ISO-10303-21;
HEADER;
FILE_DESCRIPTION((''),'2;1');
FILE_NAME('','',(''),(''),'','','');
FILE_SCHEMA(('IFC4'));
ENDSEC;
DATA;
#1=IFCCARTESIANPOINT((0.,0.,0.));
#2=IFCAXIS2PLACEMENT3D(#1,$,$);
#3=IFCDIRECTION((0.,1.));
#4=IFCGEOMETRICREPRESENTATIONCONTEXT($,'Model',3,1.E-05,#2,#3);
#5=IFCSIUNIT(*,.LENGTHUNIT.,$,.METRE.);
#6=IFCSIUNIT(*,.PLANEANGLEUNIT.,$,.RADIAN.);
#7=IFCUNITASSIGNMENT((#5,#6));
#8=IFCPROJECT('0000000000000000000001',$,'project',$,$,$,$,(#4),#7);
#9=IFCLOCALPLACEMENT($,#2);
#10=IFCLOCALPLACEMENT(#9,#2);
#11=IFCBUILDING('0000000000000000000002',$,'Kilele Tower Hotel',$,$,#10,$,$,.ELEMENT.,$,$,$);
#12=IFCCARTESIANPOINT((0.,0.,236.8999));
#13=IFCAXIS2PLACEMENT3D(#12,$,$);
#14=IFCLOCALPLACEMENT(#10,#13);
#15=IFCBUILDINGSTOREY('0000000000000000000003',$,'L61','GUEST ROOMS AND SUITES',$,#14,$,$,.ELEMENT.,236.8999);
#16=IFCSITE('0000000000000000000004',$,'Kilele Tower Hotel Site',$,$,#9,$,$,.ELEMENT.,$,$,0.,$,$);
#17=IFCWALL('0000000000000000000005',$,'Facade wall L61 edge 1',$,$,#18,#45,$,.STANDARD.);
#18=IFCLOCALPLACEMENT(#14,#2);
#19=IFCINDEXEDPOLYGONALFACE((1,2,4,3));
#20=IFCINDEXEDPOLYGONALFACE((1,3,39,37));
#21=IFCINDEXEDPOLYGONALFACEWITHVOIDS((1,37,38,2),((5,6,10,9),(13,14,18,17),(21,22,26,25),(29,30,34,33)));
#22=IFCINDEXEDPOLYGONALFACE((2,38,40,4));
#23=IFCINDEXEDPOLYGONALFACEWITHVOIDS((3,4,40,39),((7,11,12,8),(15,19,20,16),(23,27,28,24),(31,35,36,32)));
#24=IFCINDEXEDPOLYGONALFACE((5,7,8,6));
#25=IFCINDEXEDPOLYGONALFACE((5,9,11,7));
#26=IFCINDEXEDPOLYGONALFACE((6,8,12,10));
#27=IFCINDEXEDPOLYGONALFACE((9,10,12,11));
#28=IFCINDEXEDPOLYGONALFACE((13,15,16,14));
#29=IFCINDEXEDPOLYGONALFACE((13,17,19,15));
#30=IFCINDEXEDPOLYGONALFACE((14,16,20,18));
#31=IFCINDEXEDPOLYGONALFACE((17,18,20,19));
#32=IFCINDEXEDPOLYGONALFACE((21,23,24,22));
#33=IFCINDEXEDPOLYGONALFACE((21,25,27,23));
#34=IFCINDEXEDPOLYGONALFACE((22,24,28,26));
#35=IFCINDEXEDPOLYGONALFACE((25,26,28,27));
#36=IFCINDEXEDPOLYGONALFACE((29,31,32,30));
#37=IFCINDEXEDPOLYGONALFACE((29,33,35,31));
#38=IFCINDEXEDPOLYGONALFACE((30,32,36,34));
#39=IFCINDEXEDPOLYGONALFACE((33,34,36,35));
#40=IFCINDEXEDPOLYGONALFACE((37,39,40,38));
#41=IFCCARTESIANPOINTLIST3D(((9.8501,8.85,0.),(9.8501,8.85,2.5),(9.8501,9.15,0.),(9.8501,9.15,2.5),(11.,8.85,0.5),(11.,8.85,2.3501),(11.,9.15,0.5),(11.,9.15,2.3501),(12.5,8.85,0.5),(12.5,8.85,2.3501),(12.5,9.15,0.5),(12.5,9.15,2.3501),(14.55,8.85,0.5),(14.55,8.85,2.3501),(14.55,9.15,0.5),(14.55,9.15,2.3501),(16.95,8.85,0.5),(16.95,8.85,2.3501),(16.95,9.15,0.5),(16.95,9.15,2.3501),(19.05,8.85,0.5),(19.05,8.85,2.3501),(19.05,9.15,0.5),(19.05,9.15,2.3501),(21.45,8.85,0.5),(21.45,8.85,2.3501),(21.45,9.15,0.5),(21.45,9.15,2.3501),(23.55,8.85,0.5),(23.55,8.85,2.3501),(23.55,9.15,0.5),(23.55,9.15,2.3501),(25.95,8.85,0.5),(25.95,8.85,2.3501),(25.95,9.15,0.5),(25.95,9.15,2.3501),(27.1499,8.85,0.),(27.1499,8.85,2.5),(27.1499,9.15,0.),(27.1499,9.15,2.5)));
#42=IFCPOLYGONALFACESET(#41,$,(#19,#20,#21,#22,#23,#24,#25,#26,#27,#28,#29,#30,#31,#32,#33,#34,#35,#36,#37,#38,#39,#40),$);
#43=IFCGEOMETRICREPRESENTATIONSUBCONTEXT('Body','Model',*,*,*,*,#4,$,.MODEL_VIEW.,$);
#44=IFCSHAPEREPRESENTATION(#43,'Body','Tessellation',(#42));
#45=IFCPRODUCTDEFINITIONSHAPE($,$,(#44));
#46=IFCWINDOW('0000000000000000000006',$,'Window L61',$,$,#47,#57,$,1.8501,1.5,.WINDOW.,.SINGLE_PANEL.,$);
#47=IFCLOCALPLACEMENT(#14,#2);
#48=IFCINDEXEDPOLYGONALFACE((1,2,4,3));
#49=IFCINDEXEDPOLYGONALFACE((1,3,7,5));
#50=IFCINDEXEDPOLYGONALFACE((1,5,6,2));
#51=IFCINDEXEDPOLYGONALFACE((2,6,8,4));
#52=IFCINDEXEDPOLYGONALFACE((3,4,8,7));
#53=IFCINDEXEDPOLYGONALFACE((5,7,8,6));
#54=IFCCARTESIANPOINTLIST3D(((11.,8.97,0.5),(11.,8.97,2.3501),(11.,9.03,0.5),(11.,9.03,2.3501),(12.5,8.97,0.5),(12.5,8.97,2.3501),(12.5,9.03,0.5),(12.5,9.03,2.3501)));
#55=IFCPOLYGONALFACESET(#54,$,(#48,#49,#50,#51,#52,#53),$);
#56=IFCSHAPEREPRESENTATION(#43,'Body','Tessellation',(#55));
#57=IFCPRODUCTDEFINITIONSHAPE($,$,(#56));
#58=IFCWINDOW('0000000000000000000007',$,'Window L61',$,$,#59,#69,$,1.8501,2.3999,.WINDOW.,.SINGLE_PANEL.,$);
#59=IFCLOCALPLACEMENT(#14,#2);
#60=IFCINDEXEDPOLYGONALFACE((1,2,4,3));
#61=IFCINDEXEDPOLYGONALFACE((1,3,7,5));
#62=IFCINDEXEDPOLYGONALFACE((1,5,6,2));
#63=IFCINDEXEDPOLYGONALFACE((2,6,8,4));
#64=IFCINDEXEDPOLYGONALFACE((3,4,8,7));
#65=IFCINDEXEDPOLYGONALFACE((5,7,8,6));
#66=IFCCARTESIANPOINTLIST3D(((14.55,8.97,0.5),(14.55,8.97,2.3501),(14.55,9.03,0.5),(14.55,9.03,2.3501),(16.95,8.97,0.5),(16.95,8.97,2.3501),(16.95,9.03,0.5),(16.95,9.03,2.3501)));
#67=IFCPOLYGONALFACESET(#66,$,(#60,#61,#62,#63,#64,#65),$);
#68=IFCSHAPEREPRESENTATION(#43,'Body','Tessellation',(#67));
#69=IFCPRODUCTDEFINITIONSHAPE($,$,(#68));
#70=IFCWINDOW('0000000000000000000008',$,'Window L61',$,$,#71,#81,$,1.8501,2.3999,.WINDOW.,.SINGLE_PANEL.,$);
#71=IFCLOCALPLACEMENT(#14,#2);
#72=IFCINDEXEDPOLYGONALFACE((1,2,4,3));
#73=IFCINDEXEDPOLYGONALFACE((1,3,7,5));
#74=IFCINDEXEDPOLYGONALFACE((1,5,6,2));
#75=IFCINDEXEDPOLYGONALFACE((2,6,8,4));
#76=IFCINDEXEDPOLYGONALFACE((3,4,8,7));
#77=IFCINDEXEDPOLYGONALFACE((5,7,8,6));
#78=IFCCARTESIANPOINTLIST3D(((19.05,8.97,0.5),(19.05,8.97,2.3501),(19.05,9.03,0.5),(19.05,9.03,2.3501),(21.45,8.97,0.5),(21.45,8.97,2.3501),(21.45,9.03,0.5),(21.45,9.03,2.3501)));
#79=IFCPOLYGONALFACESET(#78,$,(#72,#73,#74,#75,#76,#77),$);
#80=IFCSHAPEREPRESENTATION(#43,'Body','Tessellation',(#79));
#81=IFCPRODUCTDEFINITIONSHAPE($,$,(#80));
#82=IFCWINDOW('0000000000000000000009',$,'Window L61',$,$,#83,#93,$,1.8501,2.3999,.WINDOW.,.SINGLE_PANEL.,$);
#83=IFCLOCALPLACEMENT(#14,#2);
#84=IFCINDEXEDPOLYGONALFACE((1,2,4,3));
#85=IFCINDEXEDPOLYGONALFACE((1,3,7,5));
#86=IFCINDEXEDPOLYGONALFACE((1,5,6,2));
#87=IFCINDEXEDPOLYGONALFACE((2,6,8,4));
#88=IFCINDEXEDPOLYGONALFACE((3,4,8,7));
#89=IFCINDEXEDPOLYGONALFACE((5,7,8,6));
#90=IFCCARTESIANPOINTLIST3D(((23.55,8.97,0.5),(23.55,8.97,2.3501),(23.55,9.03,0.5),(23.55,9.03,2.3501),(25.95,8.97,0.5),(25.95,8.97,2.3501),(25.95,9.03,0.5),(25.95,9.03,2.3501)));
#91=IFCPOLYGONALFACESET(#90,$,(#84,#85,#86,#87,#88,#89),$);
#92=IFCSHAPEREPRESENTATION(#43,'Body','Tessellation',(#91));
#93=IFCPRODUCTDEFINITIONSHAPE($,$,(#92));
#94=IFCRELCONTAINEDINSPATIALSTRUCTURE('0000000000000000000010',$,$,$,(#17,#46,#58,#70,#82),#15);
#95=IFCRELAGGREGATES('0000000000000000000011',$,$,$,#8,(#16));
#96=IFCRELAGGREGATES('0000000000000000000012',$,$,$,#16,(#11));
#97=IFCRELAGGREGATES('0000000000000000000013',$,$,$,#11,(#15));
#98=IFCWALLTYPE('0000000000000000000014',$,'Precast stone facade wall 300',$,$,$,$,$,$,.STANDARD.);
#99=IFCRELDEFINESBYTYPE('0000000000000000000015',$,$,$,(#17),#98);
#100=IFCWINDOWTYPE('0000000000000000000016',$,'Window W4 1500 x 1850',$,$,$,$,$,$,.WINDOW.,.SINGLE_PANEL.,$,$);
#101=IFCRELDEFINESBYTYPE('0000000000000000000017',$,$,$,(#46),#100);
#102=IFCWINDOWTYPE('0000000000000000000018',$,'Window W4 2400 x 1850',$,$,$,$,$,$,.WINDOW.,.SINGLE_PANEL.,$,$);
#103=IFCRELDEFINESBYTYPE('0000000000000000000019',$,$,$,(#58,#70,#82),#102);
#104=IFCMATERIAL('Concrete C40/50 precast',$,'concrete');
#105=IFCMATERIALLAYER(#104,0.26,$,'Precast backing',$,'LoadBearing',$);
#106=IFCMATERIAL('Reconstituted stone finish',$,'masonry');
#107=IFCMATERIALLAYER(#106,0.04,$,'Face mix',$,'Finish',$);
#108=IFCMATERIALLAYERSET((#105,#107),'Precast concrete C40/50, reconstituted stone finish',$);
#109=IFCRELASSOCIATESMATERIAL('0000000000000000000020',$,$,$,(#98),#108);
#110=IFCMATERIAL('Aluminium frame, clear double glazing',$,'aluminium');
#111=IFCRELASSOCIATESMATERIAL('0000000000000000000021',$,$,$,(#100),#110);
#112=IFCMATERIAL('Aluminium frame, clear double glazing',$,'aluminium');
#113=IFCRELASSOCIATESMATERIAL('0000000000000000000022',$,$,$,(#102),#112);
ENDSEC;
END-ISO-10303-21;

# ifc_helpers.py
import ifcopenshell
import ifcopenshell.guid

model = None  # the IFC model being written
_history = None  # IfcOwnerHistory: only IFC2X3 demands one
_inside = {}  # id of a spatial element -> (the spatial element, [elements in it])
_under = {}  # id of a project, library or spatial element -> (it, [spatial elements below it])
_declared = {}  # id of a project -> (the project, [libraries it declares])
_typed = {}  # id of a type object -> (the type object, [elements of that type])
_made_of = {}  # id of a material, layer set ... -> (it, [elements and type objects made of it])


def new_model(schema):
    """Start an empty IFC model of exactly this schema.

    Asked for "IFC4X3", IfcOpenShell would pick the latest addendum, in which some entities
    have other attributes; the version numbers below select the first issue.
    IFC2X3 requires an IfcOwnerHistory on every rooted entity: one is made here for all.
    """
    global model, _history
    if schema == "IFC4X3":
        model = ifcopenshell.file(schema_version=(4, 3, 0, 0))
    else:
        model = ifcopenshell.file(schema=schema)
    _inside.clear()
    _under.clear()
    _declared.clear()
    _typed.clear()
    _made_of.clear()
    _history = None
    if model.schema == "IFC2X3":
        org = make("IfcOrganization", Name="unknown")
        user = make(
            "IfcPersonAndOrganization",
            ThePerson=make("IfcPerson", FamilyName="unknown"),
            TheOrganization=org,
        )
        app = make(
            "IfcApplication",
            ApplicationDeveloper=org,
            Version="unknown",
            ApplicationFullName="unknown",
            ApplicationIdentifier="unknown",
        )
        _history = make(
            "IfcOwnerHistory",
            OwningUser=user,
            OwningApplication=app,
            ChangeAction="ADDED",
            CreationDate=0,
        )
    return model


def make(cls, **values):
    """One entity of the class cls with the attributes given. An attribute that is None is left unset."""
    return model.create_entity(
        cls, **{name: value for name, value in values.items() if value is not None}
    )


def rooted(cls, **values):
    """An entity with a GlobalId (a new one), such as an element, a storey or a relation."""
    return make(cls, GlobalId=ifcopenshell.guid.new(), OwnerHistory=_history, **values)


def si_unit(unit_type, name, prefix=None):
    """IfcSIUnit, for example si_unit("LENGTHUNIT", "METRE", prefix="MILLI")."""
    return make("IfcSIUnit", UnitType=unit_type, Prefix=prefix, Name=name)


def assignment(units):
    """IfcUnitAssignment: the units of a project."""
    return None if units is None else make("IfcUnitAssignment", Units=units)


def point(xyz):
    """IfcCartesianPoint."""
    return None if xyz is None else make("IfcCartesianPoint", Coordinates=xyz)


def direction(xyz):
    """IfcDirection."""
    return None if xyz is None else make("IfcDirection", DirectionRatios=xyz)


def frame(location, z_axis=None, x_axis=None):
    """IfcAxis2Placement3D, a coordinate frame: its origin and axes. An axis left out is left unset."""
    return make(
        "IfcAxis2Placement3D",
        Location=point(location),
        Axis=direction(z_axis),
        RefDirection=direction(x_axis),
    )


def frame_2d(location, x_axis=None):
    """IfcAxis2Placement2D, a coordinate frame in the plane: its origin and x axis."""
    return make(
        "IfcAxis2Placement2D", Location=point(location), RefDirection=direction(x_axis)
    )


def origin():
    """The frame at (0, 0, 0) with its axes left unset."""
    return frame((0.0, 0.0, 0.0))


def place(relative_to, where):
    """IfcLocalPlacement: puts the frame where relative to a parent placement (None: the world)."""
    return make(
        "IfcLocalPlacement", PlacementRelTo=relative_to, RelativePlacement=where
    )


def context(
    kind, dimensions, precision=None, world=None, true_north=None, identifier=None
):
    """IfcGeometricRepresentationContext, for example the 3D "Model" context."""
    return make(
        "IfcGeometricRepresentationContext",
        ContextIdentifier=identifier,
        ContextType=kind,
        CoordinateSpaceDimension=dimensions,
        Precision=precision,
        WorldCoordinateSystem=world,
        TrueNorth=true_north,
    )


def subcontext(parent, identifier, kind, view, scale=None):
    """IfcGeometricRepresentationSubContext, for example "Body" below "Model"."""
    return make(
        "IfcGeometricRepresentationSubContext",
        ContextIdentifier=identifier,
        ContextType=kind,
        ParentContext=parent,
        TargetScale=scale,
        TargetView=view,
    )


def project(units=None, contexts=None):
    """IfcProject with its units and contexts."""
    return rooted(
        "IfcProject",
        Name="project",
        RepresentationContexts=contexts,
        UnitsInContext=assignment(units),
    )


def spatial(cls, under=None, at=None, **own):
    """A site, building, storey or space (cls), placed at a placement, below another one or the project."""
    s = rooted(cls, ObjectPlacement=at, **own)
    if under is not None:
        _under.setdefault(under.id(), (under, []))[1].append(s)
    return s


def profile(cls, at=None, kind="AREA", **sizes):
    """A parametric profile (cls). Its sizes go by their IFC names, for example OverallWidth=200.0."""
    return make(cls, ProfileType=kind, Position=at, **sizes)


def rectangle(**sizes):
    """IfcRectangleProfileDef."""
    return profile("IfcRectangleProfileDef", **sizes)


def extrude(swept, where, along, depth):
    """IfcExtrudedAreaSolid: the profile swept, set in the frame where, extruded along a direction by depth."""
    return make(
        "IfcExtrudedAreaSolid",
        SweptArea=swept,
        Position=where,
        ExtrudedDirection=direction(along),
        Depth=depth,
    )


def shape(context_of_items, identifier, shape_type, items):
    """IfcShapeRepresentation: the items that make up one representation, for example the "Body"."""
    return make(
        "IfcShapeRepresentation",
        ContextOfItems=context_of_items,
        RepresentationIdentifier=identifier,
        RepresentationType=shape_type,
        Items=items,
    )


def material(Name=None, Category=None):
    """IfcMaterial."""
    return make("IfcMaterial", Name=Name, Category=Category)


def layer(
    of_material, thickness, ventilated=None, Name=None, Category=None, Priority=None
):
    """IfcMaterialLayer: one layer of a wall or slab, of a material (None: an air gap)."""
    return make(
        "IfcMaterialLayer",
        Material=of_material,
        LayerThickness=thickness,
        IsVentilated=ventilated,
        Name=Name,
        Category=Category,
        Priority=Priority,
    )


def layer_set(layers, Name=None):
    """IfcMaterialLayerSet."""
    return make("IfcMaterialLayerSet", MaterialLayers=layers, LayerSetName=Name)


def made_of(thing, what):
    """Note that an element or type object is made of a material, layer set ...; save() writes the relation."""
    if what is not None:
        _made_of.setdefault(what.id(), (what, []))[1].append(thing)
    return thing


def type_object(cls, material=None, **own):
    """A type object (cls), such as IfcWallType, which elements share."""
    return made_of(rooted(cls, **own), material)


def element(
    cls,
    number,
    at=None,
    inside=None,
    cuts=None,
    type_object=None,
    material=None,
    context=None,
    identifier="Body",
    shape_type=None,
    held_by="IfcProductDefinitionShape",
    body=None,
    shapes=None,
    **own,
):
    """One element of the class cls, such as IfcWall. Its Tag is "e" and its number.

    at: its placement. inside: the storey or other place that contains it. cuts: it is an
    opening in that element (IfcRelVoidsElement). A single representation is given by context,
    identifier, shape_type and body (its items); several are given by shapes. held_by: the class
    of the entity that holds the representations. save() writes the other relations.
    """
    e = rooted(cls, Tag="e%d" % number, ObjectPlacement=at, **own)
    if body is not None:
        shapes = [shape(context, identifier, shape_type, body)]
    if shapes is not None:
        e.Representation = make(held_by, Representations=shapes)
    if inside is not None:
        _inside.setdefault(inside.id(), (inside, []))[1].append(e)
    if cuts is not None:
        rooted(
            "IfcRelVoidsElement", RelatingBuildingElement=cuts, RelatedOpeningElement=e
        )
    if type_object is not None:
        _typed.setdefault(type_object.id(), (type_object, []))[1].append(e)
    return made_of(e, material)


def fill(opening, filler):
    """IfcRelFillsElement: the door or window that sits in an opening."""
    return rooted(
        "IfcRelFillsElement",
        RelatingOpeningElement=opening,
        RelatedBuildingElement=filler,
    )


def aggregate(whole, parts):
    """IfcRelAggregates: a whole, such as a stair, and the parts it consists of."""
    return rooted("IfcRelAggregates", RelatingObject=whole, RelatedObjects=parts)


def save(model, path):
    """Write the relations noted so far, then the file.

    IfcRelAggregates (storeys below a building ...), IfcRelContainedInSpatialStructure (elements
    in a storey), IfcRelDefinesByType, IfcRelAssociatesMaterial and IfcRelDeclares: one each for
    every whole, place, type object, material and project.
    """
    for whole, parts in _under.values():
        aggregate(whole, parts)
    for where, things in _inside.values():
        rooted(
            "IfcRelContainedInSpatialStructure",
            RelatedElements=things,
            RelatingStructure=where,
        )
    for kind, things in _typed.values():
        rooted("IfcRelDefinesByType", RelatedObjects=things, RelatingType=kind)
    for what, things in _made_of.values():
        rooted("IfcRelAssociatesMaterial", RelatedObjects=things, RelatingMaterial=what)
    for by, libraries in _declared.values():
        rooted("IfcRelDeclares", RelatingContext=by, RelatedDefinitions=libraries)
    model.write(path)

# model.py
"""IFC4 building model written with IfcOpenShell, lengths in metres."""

from ifc_helpers import new_model, si_unit, direction, frame, frame_2d, origin, place, context, subcontext, project, spatial, rectangle, extrude, material, layer, layer_set, type_object, element, fill, save


model = new_model("IFC4")

# Units and contexts
model_context = context("Model", 3, precision=1e-05, world=origin(), true_north=direction((0.0, 1.0)))
body_context = subcontext(model_context, "Body", "Model", "MODEL_VIEW")
ifc_project = project(units=[si_unit("LENGTHUNIT", "METRE"), si_unit("PLANEANGLEUNIT", "RADIAN")], contexts=[model_context])

# Site, building, storey
site_placement = place(None, origin())
site = spatial("IfcSite", under=ifc_project, at=site_placement, Name="Kilele Tower Hotel Site", CompositionType="ELEMENT", RefElevation=0.0)
building_placement = place(site_placement, origin())
building = spatial("IfcBuilding", under=site, at=building_placement, Name="Kilele Tower Hotel", CompositionType="ELEMENT")
storey_placement = place(building_placement, frame((0.0, 0.0, 236.8999)))
storey = spatial("IfcBuildingStorey", under=building, at=storey_placement, Name="L61", Description="GUEST ROOMS AND SUITES", CompositionType="ELEMENT", Elevation=236.8999)

# Wall, openings, windows
ifc_material_1 = material(Name="Concrete C40/50 precast", Category="concrete")
ifc_layer_1 = layer(ifc_material_1, 0.26, Name="Precast backing", Category="LoadBearing")
ifc_material_2 = material(Name="Reconstituted stone finish", Category="masonry")
ifc_layer_2 = layer(ifc_material_2, 0.04, Name="Face mix", Category="Finish")
ifc_layer_set_1 = layer_set([ifc_layer_1, ifc_layer_2], Name="Precast concrete C40/50, reconstituted stone finish")
wall_type = type_object("IfcWallType", Name="Precast stone facade wall 300", PredefinedType="STANDARD", material=ifc_layer_set_1)
wall_placement = place(storey_placement, frame((9.8501, 9.0, 0.0), z_axis=(0.0, 0.0, 1.0), x_axis=(1.0, 0.0, 0.0)))
wall = element("IfcWall", 1, at=wall_placement, inside=storey, type_object=wall_type, Name="Facade wall L61 edge 1", PredefinedType="STANDARD", context=body_context, shape_type="SweptSolid", body=[
    extrude(rectangle(XDim=17.2998, YDim=0.3, at=frame_2d((8.6499, 0.0))), origin(), (0.0, 0.0, 1.0), 2.5),
])
opening_1_placement = place(wall_placement, frame((1.1499, 0.0, 0.5)))
opening_1 = element("IfcOpeningElement", 2, at=opening_1_placement, cuts=wall, PredefinedType="OPENING", context=body_context, shape_type="SweptSolid", body=[
    extrude(rectangle(XDim=1.5, YDim=1.8501, at=frame_2d((0.75, 0.925))), frame((0.0, 0.1599, 0.0), z_axis=(0.0, -1.0, 0.0), x_axis=(1.0, 0.0, 0.0)), (0.0, 0.0, 1.0), 0.3201),
])
opening_2_placement = place(wall_placement, frame((4.7, 0.0, 0.5)))
opening_2 = element("IfcOpeningElement", 3, at=opening_2_placement, cuts=wall, PredefinedType="OPENING", context=body_context, shape_type="SweptSolid", body=[
    extrude(rectangle(XDim=2.3999, YDim=1.8501, at=frame_2d((1.2, 0.925))), frame((0.0, 0.1599, 0.0), z_axis=(0.0, -1.0, 0.0), x_axis=(1.0, 0.0, 0.0)), (0.0, 0.0, 1.0), 0.3201),
])
opening_3_placement = place(wall_placement, frame((9.2, 0.0, 0.5)))
opening_3 = element("IfcOpeningElement", 4, at=opening_3_placement, cuts=wall, PredefinedType="OPENING", context=body_context, shape_type="SweptSolid", body=[
    extrude(rectangle(XDim=2.3999, YDim=1.8501, at=frame_2d((1.2, 0.925))), frame((0.0, 0.1599, 0.0), z_axis=(0.0, -1.0, 0.0), x_axis=(1.0, 0.0, 0.0)), (0.0, 0.0, 1.0), 0.3201),
])
opening_4_placement = place(wall_placement, frame((13.7, 0.0, 0.5)))
opening_4 = element("IfcOpeningElement", 5, at=opening_4_placement, cuts=wall, PredefinedType="OPENING", context=body_context, shape_type="SweptSolid", body=[
    extrude(rectangle(XDim=2.3999, YDim=1.8501, at=frame_2d((1.2, 0.925))), frame((0.0, 0.1599, 0.0), z_axis=(0.0, -1.0, 0.0), x_axis=(1.0, 0.0, 0.0)), (0.0, 0.0, 1.0), 0.3201),
])
ifc_material_3 = material(Name="Aluminium frame, clear double glazing", Category="aluminium")
window_type_1 = type_object("IfcWindowType", Name="Window W4 1500 x 1850", PartitioningType="SINGLE_PANEL", PredefinedType="WINDOW", material=ifc_material_3)
window_1_placement = place(opening_1_placement, origin())
window_1 = element("IfcWindow", 6, at=window_1_placement, inside=storey, type_object=window_type_1, Name="Window L61", OverallHeight=1.8501, OverallWidth=1.5, PartitioningType="SINGLE_PANEL", PredefinedType="WINDOW", context=body_context, shape_type="SweptSolid", body=[
    extrude(rectangle(XDim=1.5, YDim=1.8501, at=frame_2d((0.75, 0.925))), frame((0.0, 0.03, 0.0), z_axis=(0.0, -1.0, 0.0), x_axis=(1.0, 0.0, 0.0)), (0.0, 0.0, 1.0), 0.0601),
])
fill(opening_1, window_1)
ifc_material_4 = material(Name="Aluminium frame, clear double glazing", Category="aluminium")
window_type_2 = type_object("IfcWindowType", Name="Window W4 2400 x 1850", PartitioningType="SINGLE_PANEL", PredefinedType="WINDOW", material=ifc_material_4)
window_2_placement = place(opening_2_placement, origin())
window_2 = element("IfcWindow", 7, at=window_2_placement, inside=storey, type_object=window_type_2, Name="Window L61", OverallHeight=1.8501, OverallWidth=2.3999, PartitioningType="SINGLE_PANEL", PredefinedType="WINDOW", context=body_context, shape_type="SweptSolid", body=[
    extrude(rectangle(XDim=2.3999, YDim=1.8501, at=frame_2d((1.2, 0.925))), frame((0.0, 0.03, 0.0), z_axis=(0.0, -1.0, 0.0), x_axis=(1.0, 0.0, 0.0)), (0.0, 0.0, 1.0), 0.0601),
])
fill(opening_2, window_2)
window_3_placement = place(opening_3_placement, origin())
window_3 = element("IfcWindow", 8, at=window_3_placement, inside=storey, type_object=window_type_2, Name="Window L61", OverallHeight=1.8501, OverallWidth=2.3999, PartitioningType="SINGLE_PANEL", PredefinedType="WINDOW", context=body_context, shape_type="SweptSolid", body=[
    extrude(rectangle(XDim=2.3999, YDim=1.8501, at=frame_2d((1.2, 0.925))), frame((0.0, 0.03, 0.0), z_axis=(0.0, -1.0, 0.0), x_axis=(1.0, 0.0, 0.0)), (0.0, 0.0, 1.0), 0.0601),
])
fill(opening_3, window_3)
window_4_placement = place(opening_4_placement, origin())
window_4 = element("IfcWindow", 9, at=window_4_placement, inside=storey, type_object=window_type_2, Name="Window L61", OverallHeight=1.8501, OverallWidth=2.3999, PartitioningType="SINGLE_PANEL", PredefinedType="WINDOW", context=body_context, shape_type="SweptSolid", body=[
    extrude(rectangle(XDim=2.3999, YDim=1.8501, at=frame_2d((1.2, 0.925))), frame((0.0, 0.03, 0.0), z_axis=(0.0, -1.0, 0.0), x_axis=(1.0, 0.0, 0.0)), (0.0, 0.0, 1.0), 0.0601),
])
fill(opening_4, window_4)

save(model, "model.ifc")
